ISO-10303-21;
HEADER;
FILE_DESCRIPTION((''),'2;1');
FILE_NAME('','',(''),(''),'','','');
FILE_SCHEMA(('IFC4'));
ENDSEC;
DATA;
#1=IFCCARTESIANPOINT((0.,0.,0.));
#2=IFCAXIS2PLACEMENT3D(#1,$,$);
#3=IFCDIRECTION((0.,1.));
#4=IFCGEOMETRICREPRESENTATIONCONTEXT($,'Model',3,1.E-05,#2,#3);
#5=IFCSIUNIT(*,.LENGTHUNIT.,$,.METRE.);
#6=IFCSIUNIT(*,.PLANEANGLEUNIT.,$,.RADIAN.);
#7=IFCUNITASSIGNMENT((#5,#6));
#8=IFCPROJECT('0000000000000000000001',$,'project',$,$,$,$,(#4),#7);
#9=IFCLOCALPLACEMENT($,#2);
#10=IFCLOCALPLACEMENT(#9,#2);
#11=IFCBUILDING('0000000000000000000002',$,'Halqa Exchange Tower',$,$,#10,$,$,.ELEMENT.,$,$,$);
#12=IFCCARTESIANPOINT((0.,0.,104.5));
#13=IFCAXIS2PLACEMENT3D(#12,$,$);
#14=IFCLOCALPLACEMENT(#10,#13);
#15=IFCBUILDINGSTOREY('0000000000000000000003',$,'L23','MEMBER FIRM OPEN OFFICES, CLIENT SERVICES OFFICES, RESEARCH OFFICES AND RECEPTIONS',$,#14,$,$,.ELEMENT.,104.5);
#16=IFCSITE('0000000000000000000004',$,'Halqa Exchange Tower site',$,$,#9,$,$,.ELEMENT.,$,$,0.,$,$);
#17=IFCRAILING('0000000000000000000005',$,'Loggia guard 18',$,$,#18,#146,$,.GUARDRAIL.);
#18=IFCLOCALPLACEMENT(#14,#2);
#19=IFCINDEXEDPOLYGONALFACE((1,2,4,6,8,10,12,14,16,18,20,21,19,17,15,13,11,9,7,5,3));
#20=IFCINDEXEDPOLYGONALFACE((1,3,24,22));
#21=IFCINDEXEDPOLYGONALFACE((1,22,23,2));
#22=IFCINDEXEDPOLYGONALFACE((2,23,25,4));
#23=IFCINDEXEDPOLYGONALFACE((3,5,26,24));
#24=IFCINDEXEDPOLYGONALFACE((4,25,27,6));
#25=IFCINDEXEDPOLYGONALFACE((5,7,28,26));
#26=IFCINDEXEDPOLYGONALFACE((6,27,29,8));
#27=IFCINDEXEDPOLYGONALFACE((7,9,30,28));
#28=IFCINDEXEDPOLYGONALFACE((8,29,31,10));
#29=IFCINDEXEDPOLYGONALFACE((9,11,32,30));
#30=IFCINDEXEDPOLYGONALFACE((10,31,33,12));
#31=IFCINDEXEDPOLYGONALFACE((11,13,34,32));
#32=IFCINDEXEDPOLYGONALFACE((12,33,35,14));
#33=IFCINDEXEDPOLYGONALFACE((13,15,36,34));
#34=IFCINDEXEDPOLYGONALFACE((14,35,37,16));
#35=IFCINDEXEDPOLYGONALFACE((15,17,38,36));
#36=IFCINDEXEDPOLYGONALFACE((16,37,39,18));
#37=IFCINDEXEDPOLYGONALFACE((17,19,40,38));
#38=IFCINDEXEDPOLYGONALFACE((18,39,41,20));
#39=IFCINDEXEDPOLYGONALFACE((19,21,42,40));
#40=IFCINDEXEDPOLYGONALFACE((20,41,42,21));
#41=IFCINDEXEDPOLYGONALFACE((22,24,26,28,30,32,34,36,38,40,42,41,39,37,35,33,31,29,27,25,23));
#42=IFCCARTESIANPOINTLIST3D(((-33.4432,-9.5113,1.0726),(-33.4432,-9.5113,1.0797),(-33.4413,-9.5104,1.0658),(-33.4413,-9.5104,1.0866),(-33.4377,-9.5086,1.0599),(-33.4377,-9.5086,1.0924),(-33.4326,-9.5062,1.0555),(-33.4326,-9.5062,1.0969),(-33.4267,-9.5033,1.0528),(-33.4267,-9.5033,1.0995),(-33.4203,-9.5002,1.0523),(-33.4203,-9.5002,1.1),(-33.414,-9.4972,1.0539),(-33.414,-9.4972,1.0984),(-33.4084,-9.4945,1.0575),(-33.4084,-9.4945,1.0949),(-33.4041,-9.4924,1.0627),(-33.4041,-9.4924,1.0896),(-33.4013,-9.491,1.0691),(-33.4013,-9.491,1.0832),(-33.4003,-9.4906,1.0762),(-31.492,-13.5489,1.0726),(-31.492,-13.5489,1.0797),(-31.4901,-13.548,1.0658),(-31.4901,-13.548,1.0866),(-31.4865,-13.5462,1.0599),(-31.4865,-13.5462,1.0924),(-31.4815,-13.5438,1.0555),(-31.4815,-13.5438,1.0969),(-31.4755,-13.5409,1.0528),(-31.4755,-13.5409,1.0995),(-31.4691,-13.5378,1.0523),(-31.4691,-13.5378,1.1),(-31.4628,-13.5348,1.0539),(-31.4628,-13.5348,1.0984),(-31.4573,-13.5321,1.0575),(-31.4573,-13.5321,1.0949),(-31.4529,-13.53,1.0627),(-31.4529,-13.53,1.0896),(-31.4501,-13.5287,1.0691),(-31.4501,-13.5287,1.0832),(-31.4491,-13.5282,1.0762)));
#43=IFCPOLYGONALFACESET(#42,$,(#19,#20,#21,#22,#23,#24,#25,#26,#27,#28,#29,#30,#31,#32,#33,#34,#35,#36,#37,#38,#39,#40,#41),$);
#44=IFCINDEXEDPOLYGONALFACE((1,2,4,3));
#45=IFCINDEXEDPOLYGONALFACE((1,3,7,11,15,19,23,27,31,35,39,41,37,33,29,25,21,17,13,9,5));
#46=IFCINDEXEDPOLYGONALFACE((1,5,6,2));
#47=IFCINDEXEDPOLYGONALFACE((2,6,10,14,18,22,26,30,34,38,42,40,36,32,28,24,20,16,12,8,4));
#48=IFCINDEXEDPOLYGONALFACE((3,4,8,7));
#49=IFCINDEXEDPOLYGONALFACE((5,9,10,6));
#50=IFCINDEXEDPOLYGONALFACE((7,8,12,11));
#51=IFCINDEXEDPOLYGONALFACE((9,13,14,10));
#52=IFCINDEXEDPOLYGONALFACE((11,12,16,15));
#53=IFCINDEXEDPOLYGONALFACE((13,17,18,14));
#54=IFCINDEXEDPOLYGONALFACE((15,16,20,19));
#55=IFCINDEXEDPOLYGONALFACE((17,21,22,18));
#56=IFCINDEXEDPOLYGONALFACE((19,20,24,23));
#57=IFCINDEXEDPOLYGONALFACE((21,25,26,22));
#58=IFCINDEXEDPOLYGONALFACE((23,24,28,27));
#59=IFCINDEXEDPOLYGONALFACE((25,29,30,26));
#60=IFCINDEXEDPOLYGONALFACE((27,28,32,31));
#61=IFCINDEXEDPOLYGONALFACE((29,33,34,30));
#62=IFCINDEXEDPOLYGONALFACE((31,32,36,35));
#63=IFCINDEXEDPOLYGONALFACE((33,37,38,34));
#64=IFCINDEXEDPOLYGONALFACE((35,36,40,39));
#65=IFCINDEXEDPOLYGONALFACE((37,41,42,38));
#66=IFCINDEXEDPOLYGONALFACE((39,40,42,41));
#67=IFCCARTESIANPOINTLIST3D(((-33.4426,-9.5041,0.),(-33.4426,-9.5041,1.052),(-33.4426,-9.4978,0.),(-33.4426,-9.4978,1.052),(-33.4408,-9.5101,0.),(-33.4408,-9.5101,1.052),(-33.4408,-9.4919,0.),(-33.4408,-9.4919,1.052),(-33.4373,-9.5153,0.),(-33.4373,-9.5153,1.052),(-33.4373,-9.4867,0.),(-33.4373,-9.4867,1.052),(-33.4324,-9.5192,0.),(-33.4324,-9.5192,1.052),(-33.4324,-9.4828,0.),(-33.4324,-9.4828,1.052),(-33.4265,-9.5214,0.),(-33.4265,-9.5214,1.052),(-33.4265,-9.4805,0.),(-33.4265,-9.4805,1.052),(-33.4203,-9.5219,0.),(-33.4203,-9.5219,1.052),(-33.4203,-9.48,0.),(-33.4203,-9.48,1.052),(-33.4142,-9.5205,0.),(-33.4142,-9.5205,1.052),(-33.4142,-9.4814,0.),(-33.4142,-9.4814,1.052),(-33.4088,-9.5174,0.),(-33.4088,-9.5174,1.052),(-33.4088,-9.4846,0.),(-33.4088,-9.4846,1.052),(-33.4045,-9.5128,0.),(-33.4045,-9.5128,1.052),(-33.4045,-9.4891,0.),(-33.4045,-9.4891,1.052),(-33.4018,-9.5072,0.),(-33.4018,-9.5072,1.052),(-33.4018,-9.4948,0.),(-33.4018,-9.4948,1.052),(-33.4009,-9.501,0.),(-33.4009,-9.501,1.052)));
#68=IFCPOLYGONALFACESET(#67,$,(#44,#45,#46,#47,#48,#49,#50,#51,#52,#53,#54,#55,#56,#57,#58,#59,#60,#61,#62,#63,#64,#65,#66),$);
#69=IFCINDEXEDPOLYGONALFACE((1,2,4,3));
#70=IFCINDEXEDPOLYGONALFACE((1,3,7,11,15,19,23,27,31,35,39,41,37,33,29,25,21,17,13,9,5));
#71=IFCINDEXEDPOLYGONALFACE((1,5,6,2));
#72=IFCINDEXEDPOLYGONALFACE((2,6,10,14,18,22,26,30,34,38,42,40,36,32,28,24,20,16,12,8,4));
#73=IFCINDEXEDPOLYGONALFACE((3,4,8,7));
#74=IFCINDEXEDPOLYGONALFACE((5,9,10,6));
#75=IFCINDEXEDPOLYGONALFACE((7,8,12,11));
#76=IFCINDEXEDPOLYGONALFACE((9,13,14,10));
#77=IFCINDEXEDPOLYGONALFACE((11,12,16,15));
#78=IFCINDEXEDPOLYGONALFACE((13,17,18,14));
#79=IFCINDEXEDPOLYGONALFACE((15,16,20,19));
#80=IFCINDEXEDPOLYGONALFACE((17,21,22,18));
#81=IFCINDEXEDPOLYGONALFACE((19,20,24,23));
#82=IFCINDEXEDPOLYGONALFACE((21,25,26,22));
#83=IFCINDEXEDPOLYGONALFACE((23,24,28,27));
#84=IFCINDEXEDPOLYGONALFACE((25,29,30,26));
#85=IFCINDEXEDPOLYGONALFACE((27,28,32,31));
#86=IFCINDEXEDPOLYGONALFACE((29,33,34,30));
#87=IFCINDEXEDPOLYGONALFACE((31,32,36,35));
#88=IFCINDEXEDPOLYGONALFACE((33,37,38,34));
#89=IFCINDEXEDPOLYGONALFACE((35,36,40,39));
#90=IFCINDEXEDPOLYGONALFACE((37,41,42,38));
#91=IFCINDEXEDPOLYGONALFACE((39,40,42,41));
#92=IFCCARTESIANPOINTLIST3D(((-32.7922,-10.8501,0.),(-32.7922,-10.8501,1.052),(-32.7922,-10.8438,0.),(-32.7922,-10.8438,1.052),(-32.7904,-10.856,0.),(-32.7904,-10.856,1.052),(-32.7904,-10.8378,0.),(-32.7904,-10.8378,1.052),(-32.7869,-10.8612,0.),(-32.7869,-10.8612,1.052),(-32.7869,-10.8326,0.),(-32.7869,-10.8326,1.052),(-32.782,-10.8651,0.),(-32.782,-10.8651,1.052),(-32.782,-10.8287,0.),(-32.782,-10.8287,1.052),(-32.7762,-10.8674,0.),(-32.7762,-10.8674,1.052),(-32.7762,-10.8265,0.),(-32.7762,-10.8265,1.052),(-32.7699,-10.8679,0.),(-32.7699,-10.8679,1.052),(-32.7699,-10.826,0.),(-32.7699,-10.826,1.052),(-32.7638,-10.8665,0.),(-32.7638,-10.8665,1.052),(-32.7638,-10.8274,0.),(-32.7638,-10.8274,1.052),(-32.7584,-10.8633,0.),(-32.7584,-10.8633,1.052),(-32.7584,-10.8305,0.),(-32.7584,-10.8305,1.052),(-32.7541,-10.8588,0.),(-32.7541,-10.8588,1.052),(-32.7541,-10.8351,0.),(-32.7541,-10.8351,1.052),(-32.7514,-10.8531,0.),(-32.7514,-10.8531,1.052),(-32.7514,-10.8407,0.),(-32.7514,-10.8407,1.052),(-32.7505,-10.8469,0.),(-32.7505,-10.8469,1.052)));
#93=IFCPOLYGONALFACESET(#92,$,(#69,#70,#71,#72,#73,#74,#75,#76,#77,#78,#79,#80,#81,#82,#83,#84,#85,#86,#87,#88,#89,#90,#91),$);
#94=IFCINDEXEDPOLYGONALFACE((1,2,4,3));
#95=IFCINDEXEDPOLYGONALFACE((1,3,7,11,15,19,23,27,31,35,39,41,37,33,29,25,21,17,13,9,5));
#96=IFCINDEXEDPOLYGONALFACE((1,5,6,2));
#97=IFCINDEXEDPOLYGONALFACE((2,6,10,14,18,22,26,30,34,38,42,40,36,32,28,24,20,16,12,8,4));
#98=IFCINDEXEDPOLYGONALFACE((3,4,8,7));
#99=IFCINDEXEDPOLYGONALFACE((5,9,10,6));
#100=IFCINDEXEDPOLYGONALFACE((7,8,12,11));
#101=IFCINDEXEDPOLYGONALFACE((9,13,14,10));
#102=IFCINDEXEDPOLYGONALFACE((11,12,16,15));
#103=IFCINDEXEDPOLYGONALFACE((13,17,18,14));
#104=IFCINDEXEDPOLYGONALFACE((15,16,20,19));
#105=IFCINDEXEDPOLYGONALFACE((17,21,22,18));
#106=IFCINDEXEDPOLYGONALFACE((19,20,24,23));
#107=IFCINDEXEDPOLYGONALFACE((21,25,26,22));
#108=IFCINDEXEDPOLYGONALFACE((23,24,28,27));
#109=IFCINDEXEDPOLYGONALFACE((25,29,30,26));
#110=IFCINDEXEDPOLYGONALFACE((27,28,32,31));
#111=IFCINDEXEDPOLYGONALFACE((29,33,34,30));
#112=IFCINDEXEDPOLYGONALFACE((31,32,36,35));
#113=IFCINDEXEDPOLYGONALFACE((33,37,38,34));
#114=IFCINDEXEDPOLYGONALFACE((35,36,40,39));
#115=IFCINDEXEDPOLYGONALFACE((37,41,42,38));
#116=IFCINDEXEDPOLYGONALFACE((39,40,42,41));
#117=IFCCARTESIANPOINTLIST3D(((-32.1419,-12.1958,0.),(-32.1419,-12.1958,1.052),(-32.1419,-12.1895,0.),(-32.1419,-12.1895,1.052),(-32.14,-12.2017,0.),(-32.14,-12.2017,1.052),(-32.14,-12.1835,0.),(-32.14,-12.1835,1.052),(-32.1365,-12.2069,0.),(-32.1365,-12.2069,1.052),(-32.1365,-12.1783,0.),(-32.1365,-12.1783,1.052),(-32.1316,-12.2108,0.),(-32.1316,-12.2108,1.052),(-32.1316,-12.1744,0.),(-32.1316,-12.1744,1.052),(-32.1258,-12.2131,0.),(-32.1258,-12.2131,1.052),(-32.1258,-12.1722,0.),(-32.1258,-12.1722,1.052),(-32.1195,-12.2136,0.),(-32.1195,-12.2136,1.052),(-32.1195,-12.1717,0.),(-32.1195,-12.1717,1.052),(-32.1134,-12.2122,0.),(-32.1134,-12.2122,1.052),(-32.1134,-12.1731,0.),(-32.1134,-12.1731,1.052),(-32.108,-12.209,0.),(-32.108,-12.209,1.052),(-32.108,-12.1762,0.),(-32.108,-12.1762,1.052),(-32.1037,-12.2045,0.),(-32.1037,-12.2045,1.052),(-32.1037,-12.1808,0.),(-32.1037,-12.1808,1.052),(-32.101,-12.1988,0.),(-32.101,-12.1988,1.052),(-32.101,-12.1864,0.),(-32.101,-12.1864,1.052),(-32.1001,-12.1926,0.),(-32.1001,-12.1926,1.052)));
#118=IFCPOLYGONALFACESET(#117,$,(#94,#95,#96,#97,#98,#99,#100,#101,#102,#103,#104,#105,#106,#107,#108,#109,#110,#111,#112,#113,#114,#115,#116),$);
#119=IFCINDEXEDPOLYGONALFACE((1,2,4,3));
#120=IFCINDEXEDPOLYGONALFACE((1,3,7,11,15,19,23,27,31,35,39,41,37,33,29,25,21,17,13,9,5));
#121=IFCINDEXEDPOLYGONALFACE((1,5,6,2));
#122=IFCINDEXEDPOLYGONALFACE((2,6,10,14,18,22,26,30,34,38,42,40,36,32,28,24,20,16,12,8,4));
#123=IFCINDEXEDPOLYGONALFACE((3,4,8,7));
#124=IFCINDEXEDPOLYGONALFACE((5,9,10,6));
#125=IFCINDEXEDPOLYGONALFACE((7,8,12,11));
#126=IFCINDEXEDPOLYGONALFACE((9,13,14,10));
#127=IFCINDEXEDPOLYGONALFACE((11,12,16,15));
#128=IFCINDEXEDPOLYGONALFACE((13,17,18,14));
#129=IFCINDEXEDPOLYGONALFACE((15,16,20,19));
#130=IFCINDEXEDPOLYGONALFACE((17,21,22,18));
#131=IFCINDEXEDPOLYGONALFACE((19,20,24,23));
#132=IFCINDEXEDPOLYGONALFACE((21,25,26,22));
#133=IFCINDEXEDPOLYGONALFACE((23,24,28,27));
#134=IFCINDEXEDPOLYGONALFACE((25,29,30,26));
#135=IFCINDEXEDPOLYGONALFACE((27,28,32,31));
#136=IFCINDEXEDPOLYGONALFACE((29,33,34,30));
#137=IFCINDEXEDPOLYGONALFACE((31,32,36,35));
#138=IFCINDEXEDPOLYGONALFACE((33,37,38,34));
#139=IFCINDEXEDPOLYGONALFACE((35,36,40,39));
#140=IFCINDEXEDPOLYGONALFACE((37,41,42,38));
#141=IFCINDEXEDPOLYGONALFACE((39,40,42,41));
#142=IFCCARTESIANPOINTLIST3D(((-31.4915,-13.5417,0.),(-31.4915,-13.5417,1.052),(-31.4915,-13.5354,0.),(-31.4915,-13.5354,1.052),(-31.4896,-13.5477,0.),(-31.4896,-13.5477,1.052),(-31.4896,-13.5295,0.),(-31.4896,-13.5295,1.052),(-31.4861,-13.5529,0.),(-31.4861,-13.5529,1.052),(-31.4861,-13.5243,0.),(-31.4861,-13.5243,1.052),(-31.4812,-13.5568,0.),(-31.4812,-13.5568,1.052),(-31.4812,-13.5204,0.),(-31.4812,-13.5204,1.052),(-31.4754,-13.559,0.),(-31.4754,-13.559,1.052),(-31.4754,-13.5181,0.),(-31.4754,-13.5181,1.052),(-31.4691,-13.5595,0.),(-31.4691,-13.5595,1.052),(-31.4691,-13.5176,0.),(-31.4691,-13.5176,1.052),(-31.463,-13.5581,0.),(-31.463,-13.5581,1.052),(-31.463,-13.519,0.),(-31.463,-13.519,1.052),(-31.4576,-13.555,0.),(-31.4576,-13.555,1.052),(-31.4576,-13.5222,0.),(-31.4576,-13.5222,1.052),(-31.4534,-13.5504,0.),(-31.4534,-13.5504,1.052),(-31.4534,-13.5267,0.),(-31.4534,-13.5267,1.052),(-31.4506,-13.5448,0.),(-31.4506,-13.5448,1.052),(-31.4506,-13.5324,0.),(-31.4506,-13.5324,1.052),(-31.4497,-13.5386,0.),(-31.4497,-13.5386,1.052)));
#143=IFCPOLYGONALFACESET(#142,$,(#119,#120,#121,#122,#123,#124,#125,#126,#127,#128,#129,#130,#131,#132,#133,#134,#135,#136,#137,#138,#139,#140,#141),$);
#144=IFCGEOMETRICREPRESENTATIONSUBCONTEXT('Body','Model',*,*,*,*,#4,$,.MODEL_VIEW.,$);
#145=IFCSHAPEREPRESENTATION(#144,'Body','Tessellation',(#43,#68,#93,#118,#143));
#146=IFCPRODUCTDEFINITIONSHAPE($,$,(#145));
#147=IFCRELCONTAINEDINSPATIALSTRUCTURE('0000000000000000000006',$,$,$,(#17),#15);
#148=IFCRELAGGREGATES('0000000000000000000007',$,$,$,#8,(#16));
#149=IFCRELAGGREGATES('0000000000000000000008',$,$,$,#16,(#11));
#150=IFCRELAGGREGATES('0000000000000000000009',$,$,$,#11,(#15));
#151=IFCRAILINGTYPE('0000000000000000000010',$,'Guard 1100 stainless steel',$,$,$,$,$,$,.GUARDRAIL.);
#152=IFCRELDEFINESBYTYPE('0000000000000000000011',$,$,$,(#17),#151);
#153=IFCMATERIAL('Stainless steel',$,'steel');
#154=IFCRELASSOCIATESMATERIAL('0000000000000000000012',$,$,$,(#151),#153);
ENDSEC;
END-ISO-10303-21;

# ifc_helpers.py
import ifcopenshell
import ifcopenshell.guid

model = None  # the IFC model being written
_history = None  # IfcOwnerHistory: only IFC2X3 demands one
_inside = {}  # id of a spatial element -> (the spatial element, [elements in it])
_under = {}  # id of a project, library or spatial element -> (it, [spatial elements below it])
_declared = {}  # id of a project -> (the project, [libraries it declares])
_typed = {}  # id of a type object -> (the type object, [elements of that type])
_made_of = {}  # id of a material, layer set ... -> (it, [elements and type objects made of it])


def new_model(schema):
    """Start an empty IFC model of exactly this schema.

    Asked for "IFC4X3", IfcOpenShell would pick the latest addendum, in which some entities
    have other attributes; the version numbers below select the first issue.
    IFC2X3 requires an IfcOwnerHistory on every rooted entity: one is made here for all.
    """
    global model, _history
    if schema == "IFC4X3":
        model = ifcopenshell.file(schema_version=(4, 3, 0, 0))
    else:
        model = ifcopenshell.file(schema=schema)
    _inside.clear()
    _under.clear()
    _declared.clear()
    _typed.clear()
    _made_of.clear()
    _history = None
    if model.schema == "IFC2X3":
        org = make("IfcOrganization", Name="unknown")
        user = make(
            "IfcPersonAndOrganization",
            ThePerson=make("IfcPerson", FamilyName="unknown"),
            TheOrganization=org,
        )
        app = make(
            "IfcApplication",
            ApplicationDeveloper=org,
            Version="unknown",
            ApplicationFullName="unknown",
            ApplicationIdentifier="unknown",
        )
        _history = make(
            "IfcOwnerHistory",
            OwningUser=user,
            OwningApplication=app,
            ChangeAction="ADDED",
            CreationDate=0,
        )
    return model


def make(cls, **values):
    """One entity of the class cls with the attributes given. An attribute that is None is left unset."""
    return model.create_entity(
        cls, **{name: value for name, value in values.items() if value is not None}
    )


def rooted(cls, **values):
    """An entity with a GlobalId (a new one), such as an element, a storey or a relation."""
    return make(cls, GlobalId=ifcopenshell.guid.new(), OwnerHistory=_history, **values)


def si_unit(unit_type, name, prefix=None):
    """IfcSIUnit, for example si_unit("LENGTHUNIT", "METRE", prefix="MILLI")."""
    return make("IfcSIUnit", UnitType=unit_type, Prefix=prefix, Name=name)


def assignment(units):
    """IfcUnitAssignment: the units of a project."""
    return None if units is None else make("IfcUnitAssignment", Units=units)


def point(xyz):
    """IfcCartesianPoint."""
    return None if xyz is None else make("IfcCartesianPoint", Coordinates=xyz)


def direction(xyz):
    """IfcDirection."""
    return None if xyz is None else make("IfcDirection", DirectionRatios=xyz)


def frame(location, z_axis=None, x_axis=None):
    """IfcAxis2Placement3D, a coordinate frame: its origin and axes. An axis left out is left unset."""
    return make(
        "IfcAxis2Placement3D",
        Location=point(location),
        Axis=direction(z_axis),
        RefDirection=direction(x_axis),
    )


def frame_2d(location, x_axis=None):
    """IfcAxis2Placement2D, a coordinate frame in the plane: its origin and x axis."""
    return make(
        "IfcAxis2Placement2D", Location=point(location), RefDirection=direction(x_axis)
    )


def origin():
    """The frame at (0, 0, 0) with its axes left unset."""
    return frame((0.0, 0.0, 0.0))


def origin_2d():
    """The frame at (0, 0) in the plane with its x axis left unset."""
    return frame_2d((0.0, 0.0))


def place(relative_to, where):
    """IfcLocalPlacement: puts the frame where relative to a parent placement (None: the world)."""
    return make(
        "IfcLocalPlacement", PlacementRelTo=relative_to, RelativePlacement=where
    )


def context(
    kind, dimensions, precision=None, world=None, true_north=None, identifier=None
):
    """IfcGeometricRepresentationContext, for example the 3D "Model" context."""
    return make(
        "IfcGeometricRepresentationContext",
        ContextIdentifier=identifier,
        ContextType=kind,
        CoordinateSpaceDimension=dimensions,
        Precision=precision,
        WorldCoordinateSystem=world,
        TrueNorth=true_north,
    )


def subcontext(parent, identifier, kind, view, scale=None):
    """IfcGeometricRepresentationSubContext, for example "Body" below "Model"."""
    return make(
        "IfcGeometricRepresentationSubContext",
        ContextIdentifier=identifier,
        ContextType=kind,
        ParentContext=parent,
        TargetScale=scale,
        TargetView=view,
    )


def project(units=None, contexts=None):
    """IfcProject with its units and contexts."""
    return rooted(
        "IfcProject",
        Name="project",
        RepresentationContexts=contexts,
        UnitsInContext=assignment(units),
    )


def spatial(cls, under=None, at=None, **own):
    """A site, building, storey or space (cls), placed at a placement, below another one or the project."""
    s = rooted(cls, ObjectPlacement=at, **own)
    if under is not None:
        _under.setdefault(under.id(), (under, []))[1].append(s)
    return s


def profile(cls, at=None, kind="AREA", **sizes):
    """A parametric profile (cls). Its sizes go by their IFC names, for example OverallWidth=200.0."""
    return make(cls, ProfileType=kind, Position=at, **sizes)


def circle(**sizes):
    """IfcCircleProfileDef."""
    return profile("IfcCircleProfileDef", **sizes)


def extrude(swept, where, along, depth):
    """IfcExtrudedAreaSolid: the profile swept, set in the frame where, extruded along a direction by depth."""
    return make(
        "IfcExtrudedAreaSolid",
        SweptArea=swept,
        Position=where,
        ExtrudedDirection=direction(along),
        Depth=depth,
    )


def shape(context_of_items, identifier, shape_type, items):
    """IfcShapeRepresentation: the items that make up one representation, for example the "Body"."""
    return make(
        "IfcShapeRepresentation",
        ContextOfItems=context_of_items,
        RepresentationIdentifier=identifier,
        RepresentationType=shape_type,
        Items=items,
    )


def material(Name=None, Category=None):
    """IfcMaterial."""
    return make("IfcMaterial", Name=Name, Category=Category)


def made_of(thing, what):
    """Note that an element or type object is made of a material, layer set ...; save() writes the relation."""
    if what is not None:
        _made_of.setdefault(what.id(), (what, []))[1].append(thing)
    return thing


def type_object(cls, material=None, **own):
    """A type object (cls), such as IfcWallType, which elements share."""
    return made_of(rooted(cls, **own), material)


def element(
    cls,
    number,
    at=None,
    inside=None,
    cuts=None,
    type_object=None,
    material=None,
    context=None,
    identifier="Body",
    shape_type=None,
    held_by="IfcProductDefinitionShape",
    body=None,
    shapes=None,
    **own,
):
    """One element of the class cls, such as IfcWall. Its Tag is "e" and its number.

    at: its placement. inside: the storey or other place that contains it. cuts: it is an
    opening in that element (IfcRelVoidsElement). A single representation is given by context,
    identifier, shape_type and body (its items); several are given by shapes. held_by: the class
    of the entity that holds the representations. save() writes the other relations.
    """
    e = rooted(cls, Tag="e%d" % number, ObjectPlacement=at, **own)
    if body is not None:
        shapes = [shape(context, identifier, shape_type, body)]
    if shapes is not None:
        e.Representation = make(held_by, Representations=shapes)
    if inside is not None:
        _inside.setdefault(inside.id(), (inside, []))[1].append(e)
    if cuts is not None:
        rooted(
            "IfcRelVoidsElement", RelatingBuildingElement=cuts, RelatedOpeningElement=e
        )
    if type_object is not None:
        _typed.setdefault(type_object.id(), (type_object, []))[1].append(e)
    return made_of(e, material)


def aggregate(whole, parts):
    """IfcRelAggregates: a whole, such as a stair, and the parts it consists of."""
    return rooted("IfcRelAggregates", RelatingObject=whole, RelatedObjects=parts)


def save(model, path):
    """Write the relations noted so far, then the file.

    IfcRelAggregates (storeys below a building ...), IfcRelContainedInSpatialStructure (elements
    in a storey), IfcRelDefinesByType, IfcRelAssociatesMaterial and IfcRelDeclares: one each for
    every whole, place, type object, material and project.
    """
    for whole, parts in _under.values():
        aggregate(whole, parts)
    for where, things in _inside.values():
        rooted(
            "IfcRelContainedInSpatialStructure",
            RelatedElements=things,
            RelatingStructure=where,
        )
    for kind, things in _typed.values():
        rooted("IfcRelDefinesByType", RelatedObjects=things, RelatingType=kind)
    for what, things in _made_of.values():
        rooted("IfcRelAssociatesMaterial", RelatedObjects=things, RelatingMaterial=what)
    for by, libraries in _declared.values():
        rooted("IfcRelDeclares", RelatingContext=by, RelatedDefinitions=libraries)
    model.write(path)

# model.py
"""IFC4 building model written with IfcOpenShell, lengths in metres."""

from ifc_helpers import new_model, si_unit, direction, frame, origin, origin_2d, place, context, subcontext, project, spatial, circle, extrude, material, type_object, element, save


model = new_model("IFC4")

# Units and contexts
model_context = context("Model", 3, precision=1e-05, world=origin(), true_north=direction((0.0, 1.0)))
body_context = subcontext(model_context, "Body", "Model", "MODEL_VIEW")
ifc_project = project(units=[si_unit("LENGTHUNIT", "METRE"), si_unit("PLANEANGLEUNIT", "RADIAN")], contexts=[model_context])

# Site, building, storey
site_placement = place(None, origin())
site = spatial("IfcSite", under=ifc_project, at=site_placement, Name="Halqa Exchange Tower site", CompositionType="ELEMENT", RefElevation=0.0)
building_placement = place(site_placement, origin())
building = spatial("IfcBuilding", under=site, at=building_placement, Name="Halqa Exchange Tower", CompositionType="ELEMENT")
storey_placement = place(building_placement, frame((0.0, 0.0, 104.5)))
storey = spatial("IfcBuildingStorey", under=building, at=storey_placement, Name="L23", Description="MEMBER FIRM OPEN OFFICES, CLIENT SERVICES OFFICES, RESEARCH OFFICES AND RECEPTIONS", CompositionType="ELEMENT", Elevation=104.5)

# Railing
ifc_material_1 = material(Name="Stainless steel", Category="steel")
railing_type = type_object("IfcRailingType", Name="Guard 1100 stainless steel", PredefinedType="GUARDRAIL", material=ifc_material_1)
railing_1_placement = place(storey_placement, frame((-33.4219, -9.501, 0.0)))
element("IfcRailing", 1, at=railing_1_placement, inside=storey, type_object=railing_type, Name="Loggia guard 18", PredefinedType="GUARDRAIL", context=body_context, shape_type="SweptSolid", body=[
    extrude(circle(Radius=0.0239, at=origin_2d()), frame((0.0, 0.0, 1.0762), z_axis=(0.435108, -0.900378, 0.0), x_axis=(0.900378, 0.435108, 0.0)), (0.0, 0.0, 1.0), 4.4844),
    extrude(circle(Radius=0.021, at=origin_2d()), origin(), (0.0, 0.0, 1.0), 1.052),
    extrude(circle(Radius=0.021, at=origin_2d()), frame((0.6504, -1.3459, 0.0)), (0.0, 0.0, 1.0), 1.052),
    extrude(circle(Radius=0.021, at=origin_2d()), frame((1.3008, -2.6917, 0.0)), (0.0, 0.0, 1.0), 1.052),
    extrude(circle(Radius=0.021, at=origin_2d()), frame((1.9512, -4.0376, 0.0)), (0.0, 0.0, 1.0), 1.052),
])

save(model, "model.ifc")
